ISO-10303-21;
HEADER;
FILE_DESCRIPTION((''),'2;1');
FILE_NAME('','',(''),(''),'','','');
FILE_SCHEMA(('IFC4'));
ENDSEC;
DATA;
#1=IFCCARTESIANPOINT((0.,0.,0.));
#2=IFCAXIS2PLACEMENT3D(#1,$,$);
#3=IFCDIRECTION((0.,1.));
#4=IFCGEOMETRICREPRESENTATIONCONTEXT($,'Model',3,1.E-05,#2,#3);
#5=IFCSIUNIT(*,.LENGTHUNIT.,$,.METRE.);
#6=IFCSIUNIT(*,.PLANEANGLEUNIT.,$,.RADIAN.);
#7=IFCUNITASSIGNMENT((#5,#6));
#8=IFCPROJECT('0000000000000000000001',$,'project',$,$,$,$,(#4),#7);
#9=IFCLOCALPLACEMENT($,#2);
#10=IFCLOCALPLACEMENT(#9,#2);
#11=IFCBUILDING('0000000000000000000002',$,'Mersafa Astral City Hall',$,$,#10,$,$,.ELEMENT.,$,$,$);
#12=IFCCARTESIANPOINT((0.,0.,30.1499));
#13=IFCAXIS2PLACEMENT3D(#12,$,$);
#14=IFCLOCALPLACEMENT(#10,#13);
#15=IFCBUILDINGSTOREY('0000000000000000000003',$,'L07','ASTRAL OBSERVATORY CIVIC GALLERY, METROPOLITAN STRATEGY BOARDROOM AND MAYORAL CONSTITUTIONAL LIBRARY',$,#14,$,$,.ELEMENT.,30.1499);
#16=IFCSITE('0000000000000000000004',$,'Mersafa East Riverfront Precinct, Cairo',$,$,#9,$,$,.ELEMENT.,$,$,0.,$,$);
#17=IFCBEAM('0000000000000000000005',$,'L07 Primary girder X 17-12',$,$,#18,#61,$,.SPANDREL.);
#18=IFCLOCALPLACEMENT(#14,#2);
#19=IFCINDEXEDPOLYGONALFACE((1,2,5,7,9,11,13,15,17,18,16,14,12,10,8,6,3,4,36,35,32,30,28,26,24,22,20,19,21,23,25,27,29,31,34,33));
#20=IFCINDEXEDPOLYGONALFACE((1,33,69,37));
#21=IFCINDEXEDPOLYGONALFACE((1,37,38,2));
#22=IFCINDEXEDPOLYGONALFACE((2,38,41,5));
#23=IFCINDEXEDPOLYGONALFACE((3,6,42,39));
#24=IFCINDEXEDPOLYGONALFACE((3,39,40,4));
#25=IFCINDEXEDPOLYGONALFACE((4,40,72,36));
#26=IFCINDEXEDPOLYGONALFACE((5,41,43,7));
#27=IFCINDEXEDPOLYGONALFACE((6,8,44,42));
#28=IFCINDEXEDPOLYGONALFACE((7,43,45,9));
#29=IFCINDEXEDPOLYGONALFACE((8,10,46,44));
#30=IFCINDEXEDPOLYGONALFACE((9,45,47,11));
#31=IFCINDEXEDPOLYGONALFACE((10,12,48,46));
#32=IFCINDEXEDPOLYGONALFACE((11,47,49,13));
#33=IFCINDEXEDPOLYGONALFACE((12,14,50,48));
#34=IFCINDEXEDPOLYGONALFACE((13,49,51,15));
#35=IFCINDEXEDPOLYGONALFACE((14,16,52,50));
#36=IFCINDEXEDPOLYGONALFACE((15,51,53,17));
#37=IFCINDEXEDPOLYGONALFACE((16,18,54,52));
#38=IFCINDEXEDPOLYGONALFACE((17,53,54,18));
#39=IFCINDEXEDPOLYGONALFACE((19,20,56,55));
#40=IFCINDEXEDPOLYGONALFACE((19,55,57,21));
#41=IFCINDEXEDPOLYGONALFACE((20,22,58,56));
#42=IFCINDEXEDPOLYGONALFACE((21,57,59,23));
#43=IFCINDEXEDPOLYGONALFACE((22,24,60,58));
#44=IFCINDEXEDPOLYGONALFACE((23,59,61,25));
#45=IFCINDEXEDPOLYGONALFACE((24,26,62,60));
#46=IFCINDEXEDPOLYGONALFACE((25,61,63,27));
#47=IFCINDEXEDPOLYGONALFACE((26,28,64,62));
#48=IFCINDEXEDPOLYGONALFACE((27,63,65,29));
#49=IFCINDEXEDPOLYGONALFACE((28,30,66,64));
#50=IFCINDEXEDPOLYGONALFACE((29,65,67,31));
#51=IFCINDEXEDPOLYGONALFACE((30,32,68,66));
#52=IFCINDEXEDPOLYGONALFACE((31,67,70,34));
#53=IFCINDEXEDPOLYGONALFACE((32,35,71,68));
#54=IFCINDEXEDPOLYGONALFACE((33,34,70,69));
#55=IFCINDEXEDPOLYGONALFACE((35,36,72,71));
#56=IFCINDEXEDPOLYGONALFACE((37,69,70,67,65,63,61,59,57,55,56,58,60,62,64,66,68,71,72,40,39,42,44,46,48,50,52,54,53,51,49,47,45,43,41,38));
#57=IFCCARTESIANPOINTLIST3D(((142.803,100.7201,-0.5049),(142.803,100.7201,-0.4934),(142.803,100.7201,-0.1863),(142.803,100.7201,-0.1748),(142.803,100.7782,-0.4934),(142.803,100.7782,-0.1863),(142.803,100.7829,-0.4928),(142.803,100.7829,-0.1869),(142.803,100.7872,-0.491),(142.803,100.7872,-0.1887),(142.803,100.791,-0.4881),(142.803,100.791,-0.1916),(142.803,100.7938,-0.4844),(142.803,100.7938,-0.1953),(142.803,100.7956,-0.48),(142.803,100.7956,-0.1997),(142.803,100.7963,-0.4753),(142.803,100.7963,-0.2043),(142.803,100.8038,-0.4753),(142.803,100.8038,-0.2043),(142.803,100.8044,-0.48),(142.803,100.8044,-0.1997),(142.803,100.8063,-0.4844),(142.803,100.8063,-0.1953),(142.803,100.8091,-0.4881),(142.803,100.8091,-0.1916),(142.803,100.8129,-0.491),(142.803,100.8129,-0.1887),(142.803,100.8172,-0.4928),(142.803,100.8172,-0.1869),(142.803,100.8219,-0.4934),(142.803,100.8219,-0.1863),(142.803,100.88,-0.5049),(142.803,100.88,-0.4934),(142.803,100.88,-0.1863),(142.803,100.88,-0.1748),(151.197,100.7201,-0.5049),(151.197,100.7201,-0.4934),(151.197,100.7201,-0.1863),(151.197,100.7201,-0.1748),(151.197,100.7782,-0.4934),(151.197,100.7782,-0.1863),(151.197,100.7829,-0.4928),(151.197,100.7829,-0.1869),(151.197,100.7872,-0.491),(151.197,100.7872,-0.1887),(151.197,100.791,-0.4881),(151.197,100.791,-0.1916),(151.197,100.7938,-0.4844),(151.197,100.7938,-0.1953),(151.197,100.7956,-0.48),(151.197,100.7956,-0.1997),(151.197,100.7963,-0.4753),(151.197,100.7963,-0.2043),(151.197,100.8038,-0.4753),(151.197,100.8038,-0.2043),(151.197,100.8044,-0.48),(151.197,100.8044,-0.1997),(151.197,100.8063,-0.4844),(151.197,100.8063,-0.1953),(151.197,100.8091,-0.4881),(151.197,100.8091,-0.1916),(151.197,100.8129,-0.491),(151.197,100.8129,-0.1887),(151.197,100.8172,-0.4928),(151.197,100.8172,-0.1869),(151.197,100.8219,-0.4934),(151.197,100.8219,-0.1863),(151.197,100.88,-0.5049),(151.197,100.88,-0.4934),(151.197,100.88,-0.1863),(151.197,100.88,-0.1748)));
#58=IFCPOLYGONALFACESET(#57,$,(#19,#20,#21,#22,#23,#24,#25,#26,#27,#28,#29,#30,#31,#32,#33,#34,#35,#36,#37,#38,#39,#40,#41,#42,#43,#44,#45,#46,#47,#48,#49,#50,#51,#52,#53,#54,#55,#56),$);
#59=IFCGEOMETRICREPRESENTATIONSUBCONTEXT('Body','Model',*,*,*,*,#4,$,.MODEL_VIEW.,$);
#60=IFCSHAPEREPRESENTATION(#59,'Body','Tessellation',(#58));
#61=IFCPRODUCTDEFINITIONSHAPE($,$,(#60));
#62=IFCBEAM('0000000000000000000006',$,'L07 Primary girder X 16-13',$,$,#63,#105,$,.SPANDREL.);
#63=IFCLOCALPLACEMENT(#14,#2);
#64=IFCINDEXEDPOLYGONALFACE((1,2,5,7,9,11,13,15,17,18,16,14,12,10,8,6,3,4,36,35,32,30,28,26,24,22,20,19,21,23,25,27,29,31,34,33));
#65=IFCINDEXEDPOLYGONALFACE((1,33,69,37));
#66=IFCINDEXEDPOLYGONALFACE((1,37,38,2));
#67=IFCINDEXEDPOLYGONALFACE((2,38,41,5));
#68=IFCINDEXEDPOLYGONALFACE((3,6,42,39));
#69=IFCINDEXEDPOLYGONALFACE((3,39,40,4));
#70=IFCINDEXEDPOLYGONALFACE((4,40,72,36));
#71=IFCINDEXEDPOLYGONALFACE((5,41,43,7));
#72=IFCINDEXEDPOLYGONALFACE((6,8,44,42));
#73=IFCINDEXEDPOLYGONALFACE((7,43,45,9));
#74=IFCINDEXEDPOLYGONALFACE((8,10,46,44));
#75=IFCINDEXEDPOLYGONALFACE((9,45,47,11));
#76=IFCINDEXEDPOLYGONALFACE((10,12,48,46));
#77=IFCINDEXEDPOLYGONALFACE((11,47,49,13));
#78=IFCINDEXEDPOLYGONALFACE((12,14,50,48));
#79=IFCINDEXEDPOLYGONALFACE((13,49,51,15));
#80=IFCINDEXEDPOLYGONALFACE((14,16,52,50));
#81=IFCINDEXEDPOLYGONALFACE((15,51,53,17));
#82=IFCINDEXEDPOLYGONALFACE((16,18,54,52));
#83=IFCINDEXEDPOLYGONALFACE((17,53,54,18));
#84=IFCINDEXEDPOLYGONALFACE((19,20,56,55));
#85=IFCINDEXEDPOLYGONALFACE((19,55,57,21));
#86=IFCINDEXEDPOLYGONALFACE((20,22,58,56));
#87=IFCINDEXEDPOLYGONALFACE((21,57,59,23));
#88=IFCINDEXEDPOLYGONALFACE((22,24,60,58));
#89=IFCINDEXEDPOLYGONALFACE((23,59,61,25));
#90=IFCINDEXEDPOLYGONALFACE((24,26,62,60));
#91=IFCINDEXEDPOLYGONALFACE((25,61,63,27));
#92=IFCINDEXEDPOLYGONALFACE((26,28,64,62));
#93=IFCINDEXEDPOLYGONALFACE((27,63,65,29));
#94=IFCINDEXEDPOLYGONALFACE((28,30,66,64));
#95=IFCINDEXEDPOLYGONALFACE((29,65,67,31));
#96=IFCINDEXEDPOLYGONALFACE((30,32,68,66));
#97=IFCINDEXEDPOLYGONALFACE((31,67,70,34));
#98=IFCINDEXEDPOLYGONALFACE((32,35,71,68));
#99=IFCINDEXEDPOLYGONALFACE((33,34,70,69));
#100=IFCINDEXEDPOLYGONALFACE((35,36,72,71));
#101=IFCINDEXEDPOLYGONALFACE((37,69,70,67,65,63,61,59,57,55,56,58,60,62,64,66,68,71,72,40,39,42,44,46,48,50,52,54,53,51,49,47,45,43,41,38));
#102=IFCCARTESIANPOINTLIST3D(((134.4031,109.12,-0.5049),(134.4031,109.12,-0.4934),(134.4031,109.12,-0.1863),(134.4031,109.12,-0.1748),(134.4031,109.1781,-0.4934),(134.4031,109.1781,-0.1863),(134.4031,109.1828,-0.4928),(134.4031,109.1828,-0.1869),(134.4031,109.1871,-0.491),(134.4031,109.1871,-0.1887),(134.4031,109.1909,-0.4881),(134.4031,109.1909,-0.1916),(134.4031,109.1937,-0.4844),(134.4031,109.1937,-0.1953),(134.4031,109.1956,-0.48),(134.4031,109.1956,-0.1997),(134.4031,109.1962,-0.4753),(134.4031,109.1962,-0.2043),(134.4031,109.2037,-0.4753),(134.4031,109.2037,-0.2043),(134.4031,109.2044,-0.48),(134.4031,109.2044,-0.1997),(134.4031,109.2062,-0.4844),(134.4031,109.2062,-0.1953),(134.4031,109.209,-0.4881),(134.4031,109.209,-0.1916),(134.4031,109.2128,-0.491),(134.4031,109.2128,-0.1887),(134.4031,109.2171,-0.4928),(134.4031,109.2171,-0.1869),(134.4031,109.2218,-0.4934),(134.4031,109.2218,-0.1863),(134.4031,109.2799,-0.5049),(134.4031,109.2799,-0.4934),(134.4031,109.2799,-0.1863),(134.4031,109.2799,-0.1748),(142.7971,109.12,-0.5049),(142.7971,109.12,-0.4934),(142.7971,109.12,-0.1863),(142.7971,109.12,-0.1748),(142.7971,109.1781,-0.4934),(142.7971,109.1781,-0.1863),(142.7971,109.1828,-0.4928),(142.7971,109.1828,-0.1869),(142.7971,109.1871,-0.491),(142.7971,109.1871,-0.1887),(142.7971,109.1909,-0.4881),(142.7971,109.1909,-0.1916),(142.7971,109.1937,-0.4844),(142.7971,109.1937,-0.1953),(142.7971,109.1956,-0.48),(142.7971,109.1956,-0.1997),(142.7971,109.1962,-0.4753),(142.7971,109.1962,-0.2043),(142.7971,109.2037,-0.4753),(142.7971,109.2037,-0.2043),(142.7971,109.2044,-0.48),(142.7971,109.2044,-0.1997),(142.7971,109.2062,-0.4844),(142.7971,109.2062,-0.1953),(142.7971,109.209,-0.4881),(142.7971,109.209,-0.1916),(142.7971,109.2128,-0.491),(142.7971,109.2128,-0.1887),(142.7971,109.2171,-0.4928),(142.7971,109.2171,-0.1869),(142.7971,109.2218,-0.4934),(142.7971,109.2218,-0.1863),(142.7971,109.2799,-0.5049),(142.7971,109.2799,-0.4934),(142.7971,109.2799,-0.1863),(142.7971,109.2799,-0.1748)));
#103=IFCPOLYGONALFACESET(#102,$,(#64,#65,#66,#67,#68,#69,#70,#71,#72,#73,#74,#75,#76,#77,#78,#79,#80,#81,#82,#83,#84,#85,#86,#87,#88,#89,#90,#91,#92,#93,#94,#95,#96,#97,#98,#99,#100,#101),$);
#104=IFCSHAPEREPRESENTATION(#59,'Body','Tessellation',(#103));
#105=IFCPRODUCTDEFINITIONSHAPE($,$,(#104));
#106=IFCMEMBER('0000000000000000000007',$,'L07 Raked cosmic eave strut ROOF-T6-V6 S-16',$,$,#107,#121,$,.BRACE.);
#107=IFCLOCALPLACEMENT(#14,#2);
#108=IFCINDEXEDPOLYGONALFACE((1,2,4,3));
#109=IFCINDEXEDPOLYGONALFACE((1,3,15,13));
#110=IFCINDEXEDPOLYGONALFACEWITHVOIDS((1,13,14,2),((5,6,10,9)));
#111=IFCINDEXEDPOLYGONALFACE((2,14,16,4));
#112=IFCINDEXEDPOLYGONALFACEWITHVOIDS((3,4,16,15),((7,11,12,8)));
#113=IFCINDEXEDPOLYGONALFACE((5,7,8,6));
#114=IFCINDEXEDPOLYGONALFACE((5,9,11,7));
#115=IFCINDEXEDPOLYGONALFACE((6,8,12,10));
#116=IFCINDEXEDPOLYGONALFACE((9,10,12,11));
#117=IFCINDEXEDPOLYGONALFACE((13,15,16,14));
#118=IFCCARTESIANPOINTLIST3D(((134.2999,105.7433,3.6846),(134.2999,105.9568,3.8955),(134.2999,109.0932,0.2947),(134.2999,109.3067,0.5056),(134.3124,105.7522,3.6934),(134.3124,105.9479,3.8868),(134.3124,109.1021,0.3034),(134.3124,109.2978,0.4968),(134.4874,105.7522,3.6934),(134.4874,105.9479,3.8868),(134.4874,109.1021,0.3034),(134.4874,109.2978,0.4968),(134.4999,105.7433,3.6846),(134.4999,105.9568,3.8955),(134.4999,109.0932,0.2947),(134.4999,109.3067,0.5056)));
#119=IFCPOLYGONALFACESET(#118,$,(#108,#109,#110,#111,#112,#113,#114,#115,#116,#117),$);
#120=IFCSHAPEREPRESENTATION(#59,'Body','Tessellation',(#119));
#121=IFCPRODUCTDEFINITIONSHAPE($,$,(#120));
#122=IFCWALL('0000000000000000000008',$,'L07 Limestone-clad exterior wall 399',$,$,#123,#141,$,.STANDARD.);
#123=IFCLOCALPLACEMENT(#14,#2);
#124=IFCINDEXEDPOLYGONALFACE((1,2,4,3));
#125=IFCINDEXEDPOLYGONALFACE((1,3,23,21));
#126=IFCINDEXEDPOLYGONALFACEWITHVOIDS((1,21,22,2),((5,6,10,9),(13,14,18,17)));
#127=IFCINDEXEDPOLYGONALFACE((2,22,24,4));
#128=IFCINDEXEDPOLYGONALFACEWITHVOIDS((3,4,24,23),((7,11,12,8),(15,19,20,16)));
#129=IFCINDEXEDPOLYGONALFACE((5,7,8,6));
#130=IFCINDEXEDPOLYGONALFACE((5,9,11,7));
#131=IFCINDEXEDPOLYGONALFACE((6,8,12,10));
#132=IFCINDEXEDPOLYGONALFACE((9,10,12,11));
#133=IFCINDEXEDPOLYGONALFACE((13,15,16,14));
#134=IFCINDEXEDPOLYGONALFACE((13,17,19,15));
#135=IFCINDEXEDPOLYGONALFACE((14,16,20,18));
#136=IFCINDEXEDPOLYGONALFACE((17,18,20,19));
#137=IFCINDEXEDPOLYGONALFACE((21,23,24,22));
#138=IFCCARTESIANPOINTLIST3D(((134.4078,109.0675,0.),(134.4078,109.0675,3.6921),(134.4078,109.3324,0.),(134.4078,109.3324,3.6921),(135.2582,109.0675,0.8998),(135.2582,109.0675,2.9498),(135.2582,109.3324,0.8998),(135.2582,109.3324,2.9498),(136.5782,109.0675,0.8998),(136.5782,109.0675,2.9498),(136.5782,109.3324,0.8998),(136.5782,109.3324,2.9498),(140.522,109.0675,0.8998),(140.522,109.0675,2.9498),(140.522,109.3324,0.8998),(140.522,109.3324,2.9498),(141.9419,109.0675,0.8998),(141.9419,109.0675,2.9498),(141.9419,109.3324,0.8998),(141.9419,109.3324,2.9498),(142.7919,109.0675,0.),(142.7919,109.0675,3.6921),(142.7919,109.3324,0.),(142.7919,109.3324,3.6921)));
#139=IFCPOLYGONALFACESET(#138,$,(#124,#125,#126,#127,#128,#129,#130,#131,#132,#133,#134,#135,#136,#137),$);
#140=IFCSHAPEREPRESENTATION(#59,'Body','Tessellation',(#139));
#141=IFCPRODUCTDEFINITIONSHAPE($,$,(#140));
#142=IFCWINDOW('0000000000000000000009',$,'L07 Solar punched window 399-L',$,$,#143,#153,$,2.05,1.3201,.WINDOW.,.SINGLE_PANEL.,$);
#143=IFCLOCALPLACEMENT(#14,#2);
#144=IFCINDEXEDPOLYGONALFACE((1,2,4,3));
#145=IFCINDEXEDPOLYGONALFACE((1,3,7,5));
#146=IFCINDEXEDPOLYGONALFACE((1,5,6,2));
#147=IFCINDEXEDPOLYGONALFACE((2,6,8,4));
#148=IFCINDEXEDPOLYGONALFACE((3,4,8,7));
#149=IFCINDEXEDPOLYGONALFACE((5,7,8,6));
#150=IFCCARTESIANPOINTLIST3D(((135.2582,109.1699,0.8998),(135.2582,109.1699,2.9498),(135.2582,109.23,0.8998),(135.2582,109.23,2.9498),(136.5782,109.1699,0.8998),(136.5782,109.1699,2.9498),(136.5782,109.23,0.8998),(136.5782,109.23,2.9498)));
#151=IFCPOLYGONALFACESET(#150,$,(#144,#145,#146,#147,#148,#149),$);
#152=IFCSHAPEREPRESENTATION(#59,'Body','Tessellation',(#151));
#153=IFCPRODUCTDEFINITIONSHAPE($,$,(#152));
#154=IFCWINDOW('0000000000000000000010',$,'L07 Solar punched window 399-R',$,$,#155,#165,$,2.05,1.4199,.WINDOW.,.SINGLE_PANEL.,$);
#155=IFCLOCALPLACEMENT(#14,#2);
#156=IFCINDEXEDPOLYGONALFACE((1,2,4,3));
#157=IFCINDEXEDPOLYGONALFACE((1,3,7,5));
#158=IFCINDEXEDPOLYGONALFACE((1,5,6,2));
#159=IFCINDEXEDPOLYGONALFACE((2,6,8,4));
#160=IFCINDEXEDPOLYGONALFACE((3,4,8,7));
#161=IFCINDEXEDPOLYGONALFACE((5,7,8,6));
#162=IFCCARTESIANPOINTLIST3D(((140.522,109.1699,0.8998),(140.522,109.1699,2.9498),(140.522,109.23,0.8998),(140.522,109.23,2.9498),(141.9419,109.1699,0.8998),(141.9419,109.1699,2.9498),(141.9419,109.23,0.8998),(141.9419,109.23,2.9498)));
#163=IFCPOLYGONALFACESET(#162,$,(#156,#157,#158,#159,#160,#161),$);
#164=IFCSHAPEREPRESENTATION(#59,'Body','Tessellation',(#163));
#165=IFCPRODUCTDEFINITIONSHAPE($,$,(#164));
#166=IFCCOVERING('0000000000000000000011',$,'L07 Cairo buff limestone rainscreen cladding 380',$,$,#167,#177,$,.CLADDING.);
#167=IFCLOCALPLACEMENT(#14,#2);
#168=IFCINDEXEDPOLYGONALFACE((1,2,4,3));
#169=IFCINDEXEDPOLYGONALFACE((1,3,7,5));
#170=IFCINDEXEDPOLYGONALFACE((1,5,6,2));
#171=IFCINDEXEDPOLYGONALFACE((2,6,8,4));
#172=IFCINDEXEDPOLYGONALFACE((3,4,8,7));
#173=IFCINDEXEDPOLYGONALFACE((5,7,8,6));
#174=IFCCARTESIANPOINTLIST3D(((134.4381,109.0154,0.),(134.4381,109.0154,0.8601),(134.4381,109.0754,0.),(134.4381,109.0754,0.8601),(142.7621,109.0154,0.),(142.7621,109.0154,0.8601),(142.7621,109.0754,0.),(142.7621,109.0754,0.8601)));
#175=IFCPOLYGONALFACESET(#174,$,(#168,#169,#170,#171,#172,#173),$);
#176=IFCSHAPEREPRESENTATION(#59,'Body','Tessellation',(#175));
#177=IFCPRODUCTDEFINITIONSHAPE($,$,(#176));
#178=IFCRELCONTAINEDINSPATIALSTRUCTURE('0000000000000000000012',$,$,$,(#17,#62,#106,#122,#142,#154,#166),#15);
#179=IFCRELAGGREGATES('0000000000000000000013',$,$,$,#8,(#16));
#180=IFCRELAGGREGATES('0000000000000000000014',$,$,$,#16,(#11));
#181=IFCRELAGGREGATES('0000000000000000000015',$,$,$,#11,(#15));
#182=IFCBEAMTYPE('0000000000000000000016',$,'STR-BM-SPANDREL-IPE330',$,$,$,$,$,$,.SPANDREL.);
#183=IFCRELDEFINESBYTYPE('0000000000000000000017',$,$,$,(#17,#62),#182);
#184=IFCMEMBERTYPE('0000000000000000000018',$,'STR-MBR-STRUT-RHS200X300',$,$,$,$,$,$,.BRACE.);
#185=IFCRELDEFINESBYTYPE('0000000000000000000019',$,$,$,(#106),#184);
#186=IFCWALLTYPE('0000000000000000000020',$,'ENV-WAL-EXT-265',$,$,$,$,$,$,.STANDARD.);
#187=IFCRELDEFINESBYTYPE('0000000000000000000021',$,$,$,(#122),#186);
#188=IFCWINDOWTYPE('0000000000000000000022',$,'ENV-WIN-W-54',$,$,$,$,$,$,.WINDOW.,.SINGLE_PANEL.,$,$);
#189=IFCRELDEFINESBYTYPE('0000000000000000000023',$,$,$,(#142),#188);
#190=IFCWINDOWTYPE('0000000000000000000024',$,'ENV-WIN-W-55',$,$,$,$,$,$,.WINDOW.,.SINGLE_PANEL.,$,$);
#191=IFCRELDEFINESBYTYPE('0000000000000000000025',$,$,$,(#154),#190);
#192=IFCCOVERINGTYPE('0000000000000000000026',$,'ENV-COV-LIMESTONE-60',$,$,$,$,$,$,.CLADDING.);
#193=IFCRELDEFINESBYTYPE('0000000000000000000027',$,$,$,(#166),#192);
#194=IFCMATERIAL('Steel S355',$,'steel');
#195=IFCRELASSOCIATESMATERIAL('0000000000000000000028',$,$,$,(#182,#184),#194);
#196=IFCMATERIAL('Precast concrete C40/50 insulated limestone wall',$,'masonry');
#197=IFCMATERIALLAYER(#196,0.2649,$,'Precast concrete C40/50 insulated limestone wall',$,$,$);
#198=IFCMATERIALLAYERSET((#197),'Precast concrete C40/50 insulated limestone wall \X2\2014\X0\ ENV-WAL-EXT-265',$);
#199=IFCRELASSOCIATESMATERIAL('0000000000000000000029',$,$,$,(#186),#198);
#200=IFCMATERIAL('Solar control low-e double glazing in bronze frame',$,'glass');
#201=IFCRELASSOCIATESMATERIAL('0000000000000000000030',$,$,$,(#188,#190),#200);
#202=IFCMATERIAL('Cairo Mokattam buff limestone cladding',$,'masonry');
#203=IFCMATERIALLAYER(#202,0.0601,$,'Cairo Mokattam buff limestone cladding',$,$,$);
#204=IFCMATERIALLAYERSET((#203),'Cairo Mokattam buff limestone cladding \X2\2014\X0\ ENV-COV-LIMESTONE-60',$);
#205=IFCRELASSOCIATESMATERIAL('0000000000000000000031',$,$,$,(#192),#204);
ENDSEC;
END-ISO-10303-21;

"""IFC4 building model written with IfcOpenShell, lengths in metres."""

from ifc_helpers import new_model, si_unit, direction, frame, frame_2d, origin, origin_2d, place, context, subcontext, project, spatial, rectangle, hollow_rectangle, i_section, extrude, material, layer, layer_set, material_profile, profile_set, type_object, element, fill, save


model = new_model("IFC4")

# Units and contexts
model_context = context("Model", 3, precision=1e-05, world=origin(), true_north=direction((0.0, 1.0)))
body_context = subcontext(model_context, "Body", "Model", "MODEL_VIEW")
ifc_project = project(units=[si_unit("LENGTHUNIT", "METRE"), si_unit("PLANEANGLEUNIT", "RADIAN")], contexts=[model_context])

# Site, building, storey
site_placement = place(None, origin())
site = spatial("IfcSite", under=ifc_project, at=site_placement, Name="Mersafa East Riverfront Precinct, Cairo", CompositionType="ELEMENT", RefElevation=0.0)
building_placement = place(site_placement, origin())
building = spatial("IfcBuilding", under=site, at=building_placement, Name="Mersafa Astral City Hall", CompositionType="ELEMENT")
storey_placement = place(building_placement, frame((0.0, 0.0, 30.1499)))
storey = spatial("IfcBuildingStorey", under=building, at=storey_placement, Name="L07", Description="ASTRAL OBSERVATORY CIVIC GALLERY, METROPOLITAN STRATEGY BOARDROOM AND MAYORAL CONSTITUTIONAL LIBRARY", CompositionType="ELEMENT", Elevation=30.1499)

# Shared definitions
ifc_material_1 = material(Name="Steel S355", Category="steel")

# Beams
ifc_material_profile_1 = material_profile(ifc_material_1, i_section(OverallWidth=0.1599, OverallDepth=0.3301, WebThickness=0.0076, FlangeThickness=0.0115, FilletRadius=0.0181, at=origin_2d()), Name="IPE 330")
ifc_profile_set_1 = profile_set([ifc_material_profile_1], Name="Steel S355")
beam_type_1 = type_object("IfcBeamType", Name="STR-BM-SPANDREL-IPE330", PredefinedType="SPANDREL", material=ifc_profile_set_1)
for number, where, z_axis, x_axis, name in (
    (1, (142.803, 100.8, -0.3398), (1.0, 0.0, 0.0), (0.0, 1.0, 0.0), "L07 Primary girder X 17-12"),
    (2, (134.4031, 109.2, -0.3398), (1.0, 0.0, 0.0), (0.0, 1.0, 0.0), "L07 Primary girder X 16-13"),
):
    element("IfcBeam", number, at=place(storey_placement, frame(where, z_axis=z_axis, x_axis=x_axis)), inside=storey, type_object=beam_type_1, Name=name, PredefinedType="SPANDREL", context=body_context, shape_type="SweptSolid", body=[
        extrude(i_section(OverallWidth=0.1599, OverallDepth=0.3301, WebThickness=0.0076, FlangeThickness=0.0115, FilletRadius=0.0181, at=origin_2d()), origin(), (0.0, 0.0, 1.0), 8.394),
    ])

# Member
ifc_material_profile_2 = material_profile(ifc_material_1, hollow_rectangle(XDim=0.2, YDim=0.3, WallThickness=0.0125, at=origin_2d()), Name="RHS 200x300x12.5")
ifc_profile_set_2 = profile_set([ifc_material_profile_2], Name="Steel S355")
member_type = type_object("IfcMemberType", Name="STR-MBR-STRUT-RHS200X300", PredefinedType="BRACE", material=ifc_profile_set_2)
member_placement = place(storey_placement, frame((134.3999, 109.2, 0.4001), z_axis=(0.0, -0.702894, 0.711295), x_axis=(1.0, 0.0, 0.0)))
element("IfcMember", 3, at=member_placement, inside=storey, type_object=member_type, Name="L07 Raked cosmic eave strut ROOF-T6-V6 S-16", PredefinedType="BRACE", context=body_context, shape_type="SweptSolid", body=[
    extrude(hollow_rectangle(XDim=0.2, YDim=0.3, WallThickness=0.0125, at=origin_2d()), origin(), (0.0, 0.0, 1.0), 4.7659),
])

# Wall, openings, windows
ifc_material_2 = material(Name="Precast concrete C40/50 insulated limestone wall", Category="masonry")
ifc_layer_1 = layer(ifc_material_2, 0.2649, Name="Precast concrete C40/50 insulated limestone wall")
ifc_layer_set_1 = layer_set([ifc_layer_1], Name="Precast concrete C40/50 insulated limestone wall — ENV-WAL-EXT-265")
wall_type = type_object("IfcWallType", Name="ENV-WAL-EXT-265", PredefinedType="STANDARD", material=ifc_layer_set_1)
wall_placement = place(storey_placement, frame((134.408, 109.2, 0.0), z_axis=(0.0, 0.0, 1.0), x_axis=(1.0, 0.0, 0.0)))
wall = element("IfcWall", 4, at=wall_placement, inside=storey, type_object=wall_type, Name="L07 Limestone-clad exterior wall 399", PredefinedType="STANDARD", context=body_context, shape_type="SweptSolid", body=[
    extrude(rectangle(XDim=8.384, YDim=0.2649, at=frame_2d((4.1919, 0.0))), origin(), (0.0, 0.0, 1.0), 3.6921),
])
opening_1_placement = place(wall_placement, frame((0.8501, 0.0, 0.8999)))
opening_1 = element("IfcOpeningElement", 5, at=opening_1_placement, cuts=wall, PredefinedType="OPENING", context=body_context, shape_type="SweptSolid", body=[
    extrude(rectangle(XDim=1.3201, YDim=2.05, at=frame_2d((0.6602, 1.0249))), frame((0.0, 0.1423, 0.0), z_axis=(0.0, -1.0, 0.0), x_axis=(1.0, 0.0, 0.0)), (0.0, 0.0, 1.0), 0.2849),
])
opening_2_placement = place(wall_placement, frame((6.114, 0.0, 0.8999)))
opening_2 = element("IfcOpeningElement", 6, at=opening_2_placement, cuts=wall, PredefinedType="OPENING", context=body_context, shape_type="SweptSolid", body=[
    extrude(rectangle(XDim=1.4199, YDim=2.05, at=frame_2d((0.71, 1.0249))), frame((0.0, 0.1423, 0.0), z_axis=(0.0, -1.0, 0.0), x_axis=(1.0, 0.0, 0.0)), (0.0, 0.0, 1.0), 0.2849),
])
ifc_material_3 = material(Name="Solar control low-e double glazing in bronze frame", Category="glass")
window_type_1 = type_object("IfcWindowType", Name="ENV-WIN-W-54", PartitioningType="SINGLE_PANEL", PredefinedType="WINDOW", material=ifc_material_3)
window_1_placement = place(opening_1_placement, origin())
window_1 = element("IfcWindow", 7, at=window_1_placement, inside=storey, type_object=window_type_1, Name="L07 Solar punched window 399-L", OverallHeight=2.05, OverallWidth=1.3201, PartitioningType="SINGLE_PANEL", PredefinedType="WINDOW", context=body_context, shape_type="SweptSolid", body=[
    extrude(rectangle(XDim=1.3201, YDim=2.05, at=frame_2d((0.6602, 1.0249))), frame((0.0, 0.03, 0.0), z_axis=(0.0, -1.0, 0.0), x_axis=(1.0, 0.0, 0.0)), (0.0, 0.0, 1.0), 0.0601),
])
fill(opening_1, window_1)
window_type_2 = type_object("IfcWindowType", Name="ENV-WIN-W-55", PartitioningType="SINGLE_PANEL", PredefinedType="WINDOW", material=ifc_material_3)
window_2_placement = place(opening_2_placement, origin())
window_2 = element("IfcWindow", 8, at=window_2_placement, inside=storey, type_object=window_type_2, Name="L07 Solar punched window 399-R", OverallHeight=2.05, OverallWidth=1.4199, PartitioningType="SINGLE_PANEL", PredefinedType="WINDOW", context=body_context, shape_type="SweptSolid", body=[
    extrude(rectangle(XDim=1.4199, YDim=2.05, at=frame_2d((0.71, 1.0249))), frame((0.0, 0.03, 0.0), z_axis=(0.0, -1.0, 0.0), x_axis=(1.0, 0.0, 0.0)), (0.0, 0.0, 1.0), 0.0601),
])
fill(opening_2, window_2)

# Covering
ifc_material_4 = material(Name="Cairo Mokattam buff limestone cladding", Category="masonry")
ifc_layer_2 = layer(ifc_material_4, 0.0601, Name="Cairo Mokattam buff limestone cladding")
ifc_layer_set_2 = layer_set([ifc_layer_2], Name="Cairo Mokattam buff limestone cladding — ENV-COV-LIMESTONE-60")
covering_type = type_object("IfcCoveringType", Name="ENV-COV-LIMESTONE-60", PredefinedType="CLADDING", material=ifc_layer_set_2)
covering_placement = place(storey_placement, frame((138.6001, 109.0454, 0.0), z_axis=(0.0, 0.0, 1.0), x_axis=(1.0, 0.0, 0.0)))
element("IfcCovering", 9, at=covering_placement, inside=storey, type_object=covering_type, Name="L07 Cairo buff limestone rainscreen cladding 380", PredefinedType="CLADDING", context=body_context, shape_type="SweptSolid", body=[
    extrude(rectangle(XDim=8.324, YDim=0.0601, at=origin_2d()), origin(), (0.0, 0.0, 1.0), 0.8601),
])

save(model, "model.ifc")
